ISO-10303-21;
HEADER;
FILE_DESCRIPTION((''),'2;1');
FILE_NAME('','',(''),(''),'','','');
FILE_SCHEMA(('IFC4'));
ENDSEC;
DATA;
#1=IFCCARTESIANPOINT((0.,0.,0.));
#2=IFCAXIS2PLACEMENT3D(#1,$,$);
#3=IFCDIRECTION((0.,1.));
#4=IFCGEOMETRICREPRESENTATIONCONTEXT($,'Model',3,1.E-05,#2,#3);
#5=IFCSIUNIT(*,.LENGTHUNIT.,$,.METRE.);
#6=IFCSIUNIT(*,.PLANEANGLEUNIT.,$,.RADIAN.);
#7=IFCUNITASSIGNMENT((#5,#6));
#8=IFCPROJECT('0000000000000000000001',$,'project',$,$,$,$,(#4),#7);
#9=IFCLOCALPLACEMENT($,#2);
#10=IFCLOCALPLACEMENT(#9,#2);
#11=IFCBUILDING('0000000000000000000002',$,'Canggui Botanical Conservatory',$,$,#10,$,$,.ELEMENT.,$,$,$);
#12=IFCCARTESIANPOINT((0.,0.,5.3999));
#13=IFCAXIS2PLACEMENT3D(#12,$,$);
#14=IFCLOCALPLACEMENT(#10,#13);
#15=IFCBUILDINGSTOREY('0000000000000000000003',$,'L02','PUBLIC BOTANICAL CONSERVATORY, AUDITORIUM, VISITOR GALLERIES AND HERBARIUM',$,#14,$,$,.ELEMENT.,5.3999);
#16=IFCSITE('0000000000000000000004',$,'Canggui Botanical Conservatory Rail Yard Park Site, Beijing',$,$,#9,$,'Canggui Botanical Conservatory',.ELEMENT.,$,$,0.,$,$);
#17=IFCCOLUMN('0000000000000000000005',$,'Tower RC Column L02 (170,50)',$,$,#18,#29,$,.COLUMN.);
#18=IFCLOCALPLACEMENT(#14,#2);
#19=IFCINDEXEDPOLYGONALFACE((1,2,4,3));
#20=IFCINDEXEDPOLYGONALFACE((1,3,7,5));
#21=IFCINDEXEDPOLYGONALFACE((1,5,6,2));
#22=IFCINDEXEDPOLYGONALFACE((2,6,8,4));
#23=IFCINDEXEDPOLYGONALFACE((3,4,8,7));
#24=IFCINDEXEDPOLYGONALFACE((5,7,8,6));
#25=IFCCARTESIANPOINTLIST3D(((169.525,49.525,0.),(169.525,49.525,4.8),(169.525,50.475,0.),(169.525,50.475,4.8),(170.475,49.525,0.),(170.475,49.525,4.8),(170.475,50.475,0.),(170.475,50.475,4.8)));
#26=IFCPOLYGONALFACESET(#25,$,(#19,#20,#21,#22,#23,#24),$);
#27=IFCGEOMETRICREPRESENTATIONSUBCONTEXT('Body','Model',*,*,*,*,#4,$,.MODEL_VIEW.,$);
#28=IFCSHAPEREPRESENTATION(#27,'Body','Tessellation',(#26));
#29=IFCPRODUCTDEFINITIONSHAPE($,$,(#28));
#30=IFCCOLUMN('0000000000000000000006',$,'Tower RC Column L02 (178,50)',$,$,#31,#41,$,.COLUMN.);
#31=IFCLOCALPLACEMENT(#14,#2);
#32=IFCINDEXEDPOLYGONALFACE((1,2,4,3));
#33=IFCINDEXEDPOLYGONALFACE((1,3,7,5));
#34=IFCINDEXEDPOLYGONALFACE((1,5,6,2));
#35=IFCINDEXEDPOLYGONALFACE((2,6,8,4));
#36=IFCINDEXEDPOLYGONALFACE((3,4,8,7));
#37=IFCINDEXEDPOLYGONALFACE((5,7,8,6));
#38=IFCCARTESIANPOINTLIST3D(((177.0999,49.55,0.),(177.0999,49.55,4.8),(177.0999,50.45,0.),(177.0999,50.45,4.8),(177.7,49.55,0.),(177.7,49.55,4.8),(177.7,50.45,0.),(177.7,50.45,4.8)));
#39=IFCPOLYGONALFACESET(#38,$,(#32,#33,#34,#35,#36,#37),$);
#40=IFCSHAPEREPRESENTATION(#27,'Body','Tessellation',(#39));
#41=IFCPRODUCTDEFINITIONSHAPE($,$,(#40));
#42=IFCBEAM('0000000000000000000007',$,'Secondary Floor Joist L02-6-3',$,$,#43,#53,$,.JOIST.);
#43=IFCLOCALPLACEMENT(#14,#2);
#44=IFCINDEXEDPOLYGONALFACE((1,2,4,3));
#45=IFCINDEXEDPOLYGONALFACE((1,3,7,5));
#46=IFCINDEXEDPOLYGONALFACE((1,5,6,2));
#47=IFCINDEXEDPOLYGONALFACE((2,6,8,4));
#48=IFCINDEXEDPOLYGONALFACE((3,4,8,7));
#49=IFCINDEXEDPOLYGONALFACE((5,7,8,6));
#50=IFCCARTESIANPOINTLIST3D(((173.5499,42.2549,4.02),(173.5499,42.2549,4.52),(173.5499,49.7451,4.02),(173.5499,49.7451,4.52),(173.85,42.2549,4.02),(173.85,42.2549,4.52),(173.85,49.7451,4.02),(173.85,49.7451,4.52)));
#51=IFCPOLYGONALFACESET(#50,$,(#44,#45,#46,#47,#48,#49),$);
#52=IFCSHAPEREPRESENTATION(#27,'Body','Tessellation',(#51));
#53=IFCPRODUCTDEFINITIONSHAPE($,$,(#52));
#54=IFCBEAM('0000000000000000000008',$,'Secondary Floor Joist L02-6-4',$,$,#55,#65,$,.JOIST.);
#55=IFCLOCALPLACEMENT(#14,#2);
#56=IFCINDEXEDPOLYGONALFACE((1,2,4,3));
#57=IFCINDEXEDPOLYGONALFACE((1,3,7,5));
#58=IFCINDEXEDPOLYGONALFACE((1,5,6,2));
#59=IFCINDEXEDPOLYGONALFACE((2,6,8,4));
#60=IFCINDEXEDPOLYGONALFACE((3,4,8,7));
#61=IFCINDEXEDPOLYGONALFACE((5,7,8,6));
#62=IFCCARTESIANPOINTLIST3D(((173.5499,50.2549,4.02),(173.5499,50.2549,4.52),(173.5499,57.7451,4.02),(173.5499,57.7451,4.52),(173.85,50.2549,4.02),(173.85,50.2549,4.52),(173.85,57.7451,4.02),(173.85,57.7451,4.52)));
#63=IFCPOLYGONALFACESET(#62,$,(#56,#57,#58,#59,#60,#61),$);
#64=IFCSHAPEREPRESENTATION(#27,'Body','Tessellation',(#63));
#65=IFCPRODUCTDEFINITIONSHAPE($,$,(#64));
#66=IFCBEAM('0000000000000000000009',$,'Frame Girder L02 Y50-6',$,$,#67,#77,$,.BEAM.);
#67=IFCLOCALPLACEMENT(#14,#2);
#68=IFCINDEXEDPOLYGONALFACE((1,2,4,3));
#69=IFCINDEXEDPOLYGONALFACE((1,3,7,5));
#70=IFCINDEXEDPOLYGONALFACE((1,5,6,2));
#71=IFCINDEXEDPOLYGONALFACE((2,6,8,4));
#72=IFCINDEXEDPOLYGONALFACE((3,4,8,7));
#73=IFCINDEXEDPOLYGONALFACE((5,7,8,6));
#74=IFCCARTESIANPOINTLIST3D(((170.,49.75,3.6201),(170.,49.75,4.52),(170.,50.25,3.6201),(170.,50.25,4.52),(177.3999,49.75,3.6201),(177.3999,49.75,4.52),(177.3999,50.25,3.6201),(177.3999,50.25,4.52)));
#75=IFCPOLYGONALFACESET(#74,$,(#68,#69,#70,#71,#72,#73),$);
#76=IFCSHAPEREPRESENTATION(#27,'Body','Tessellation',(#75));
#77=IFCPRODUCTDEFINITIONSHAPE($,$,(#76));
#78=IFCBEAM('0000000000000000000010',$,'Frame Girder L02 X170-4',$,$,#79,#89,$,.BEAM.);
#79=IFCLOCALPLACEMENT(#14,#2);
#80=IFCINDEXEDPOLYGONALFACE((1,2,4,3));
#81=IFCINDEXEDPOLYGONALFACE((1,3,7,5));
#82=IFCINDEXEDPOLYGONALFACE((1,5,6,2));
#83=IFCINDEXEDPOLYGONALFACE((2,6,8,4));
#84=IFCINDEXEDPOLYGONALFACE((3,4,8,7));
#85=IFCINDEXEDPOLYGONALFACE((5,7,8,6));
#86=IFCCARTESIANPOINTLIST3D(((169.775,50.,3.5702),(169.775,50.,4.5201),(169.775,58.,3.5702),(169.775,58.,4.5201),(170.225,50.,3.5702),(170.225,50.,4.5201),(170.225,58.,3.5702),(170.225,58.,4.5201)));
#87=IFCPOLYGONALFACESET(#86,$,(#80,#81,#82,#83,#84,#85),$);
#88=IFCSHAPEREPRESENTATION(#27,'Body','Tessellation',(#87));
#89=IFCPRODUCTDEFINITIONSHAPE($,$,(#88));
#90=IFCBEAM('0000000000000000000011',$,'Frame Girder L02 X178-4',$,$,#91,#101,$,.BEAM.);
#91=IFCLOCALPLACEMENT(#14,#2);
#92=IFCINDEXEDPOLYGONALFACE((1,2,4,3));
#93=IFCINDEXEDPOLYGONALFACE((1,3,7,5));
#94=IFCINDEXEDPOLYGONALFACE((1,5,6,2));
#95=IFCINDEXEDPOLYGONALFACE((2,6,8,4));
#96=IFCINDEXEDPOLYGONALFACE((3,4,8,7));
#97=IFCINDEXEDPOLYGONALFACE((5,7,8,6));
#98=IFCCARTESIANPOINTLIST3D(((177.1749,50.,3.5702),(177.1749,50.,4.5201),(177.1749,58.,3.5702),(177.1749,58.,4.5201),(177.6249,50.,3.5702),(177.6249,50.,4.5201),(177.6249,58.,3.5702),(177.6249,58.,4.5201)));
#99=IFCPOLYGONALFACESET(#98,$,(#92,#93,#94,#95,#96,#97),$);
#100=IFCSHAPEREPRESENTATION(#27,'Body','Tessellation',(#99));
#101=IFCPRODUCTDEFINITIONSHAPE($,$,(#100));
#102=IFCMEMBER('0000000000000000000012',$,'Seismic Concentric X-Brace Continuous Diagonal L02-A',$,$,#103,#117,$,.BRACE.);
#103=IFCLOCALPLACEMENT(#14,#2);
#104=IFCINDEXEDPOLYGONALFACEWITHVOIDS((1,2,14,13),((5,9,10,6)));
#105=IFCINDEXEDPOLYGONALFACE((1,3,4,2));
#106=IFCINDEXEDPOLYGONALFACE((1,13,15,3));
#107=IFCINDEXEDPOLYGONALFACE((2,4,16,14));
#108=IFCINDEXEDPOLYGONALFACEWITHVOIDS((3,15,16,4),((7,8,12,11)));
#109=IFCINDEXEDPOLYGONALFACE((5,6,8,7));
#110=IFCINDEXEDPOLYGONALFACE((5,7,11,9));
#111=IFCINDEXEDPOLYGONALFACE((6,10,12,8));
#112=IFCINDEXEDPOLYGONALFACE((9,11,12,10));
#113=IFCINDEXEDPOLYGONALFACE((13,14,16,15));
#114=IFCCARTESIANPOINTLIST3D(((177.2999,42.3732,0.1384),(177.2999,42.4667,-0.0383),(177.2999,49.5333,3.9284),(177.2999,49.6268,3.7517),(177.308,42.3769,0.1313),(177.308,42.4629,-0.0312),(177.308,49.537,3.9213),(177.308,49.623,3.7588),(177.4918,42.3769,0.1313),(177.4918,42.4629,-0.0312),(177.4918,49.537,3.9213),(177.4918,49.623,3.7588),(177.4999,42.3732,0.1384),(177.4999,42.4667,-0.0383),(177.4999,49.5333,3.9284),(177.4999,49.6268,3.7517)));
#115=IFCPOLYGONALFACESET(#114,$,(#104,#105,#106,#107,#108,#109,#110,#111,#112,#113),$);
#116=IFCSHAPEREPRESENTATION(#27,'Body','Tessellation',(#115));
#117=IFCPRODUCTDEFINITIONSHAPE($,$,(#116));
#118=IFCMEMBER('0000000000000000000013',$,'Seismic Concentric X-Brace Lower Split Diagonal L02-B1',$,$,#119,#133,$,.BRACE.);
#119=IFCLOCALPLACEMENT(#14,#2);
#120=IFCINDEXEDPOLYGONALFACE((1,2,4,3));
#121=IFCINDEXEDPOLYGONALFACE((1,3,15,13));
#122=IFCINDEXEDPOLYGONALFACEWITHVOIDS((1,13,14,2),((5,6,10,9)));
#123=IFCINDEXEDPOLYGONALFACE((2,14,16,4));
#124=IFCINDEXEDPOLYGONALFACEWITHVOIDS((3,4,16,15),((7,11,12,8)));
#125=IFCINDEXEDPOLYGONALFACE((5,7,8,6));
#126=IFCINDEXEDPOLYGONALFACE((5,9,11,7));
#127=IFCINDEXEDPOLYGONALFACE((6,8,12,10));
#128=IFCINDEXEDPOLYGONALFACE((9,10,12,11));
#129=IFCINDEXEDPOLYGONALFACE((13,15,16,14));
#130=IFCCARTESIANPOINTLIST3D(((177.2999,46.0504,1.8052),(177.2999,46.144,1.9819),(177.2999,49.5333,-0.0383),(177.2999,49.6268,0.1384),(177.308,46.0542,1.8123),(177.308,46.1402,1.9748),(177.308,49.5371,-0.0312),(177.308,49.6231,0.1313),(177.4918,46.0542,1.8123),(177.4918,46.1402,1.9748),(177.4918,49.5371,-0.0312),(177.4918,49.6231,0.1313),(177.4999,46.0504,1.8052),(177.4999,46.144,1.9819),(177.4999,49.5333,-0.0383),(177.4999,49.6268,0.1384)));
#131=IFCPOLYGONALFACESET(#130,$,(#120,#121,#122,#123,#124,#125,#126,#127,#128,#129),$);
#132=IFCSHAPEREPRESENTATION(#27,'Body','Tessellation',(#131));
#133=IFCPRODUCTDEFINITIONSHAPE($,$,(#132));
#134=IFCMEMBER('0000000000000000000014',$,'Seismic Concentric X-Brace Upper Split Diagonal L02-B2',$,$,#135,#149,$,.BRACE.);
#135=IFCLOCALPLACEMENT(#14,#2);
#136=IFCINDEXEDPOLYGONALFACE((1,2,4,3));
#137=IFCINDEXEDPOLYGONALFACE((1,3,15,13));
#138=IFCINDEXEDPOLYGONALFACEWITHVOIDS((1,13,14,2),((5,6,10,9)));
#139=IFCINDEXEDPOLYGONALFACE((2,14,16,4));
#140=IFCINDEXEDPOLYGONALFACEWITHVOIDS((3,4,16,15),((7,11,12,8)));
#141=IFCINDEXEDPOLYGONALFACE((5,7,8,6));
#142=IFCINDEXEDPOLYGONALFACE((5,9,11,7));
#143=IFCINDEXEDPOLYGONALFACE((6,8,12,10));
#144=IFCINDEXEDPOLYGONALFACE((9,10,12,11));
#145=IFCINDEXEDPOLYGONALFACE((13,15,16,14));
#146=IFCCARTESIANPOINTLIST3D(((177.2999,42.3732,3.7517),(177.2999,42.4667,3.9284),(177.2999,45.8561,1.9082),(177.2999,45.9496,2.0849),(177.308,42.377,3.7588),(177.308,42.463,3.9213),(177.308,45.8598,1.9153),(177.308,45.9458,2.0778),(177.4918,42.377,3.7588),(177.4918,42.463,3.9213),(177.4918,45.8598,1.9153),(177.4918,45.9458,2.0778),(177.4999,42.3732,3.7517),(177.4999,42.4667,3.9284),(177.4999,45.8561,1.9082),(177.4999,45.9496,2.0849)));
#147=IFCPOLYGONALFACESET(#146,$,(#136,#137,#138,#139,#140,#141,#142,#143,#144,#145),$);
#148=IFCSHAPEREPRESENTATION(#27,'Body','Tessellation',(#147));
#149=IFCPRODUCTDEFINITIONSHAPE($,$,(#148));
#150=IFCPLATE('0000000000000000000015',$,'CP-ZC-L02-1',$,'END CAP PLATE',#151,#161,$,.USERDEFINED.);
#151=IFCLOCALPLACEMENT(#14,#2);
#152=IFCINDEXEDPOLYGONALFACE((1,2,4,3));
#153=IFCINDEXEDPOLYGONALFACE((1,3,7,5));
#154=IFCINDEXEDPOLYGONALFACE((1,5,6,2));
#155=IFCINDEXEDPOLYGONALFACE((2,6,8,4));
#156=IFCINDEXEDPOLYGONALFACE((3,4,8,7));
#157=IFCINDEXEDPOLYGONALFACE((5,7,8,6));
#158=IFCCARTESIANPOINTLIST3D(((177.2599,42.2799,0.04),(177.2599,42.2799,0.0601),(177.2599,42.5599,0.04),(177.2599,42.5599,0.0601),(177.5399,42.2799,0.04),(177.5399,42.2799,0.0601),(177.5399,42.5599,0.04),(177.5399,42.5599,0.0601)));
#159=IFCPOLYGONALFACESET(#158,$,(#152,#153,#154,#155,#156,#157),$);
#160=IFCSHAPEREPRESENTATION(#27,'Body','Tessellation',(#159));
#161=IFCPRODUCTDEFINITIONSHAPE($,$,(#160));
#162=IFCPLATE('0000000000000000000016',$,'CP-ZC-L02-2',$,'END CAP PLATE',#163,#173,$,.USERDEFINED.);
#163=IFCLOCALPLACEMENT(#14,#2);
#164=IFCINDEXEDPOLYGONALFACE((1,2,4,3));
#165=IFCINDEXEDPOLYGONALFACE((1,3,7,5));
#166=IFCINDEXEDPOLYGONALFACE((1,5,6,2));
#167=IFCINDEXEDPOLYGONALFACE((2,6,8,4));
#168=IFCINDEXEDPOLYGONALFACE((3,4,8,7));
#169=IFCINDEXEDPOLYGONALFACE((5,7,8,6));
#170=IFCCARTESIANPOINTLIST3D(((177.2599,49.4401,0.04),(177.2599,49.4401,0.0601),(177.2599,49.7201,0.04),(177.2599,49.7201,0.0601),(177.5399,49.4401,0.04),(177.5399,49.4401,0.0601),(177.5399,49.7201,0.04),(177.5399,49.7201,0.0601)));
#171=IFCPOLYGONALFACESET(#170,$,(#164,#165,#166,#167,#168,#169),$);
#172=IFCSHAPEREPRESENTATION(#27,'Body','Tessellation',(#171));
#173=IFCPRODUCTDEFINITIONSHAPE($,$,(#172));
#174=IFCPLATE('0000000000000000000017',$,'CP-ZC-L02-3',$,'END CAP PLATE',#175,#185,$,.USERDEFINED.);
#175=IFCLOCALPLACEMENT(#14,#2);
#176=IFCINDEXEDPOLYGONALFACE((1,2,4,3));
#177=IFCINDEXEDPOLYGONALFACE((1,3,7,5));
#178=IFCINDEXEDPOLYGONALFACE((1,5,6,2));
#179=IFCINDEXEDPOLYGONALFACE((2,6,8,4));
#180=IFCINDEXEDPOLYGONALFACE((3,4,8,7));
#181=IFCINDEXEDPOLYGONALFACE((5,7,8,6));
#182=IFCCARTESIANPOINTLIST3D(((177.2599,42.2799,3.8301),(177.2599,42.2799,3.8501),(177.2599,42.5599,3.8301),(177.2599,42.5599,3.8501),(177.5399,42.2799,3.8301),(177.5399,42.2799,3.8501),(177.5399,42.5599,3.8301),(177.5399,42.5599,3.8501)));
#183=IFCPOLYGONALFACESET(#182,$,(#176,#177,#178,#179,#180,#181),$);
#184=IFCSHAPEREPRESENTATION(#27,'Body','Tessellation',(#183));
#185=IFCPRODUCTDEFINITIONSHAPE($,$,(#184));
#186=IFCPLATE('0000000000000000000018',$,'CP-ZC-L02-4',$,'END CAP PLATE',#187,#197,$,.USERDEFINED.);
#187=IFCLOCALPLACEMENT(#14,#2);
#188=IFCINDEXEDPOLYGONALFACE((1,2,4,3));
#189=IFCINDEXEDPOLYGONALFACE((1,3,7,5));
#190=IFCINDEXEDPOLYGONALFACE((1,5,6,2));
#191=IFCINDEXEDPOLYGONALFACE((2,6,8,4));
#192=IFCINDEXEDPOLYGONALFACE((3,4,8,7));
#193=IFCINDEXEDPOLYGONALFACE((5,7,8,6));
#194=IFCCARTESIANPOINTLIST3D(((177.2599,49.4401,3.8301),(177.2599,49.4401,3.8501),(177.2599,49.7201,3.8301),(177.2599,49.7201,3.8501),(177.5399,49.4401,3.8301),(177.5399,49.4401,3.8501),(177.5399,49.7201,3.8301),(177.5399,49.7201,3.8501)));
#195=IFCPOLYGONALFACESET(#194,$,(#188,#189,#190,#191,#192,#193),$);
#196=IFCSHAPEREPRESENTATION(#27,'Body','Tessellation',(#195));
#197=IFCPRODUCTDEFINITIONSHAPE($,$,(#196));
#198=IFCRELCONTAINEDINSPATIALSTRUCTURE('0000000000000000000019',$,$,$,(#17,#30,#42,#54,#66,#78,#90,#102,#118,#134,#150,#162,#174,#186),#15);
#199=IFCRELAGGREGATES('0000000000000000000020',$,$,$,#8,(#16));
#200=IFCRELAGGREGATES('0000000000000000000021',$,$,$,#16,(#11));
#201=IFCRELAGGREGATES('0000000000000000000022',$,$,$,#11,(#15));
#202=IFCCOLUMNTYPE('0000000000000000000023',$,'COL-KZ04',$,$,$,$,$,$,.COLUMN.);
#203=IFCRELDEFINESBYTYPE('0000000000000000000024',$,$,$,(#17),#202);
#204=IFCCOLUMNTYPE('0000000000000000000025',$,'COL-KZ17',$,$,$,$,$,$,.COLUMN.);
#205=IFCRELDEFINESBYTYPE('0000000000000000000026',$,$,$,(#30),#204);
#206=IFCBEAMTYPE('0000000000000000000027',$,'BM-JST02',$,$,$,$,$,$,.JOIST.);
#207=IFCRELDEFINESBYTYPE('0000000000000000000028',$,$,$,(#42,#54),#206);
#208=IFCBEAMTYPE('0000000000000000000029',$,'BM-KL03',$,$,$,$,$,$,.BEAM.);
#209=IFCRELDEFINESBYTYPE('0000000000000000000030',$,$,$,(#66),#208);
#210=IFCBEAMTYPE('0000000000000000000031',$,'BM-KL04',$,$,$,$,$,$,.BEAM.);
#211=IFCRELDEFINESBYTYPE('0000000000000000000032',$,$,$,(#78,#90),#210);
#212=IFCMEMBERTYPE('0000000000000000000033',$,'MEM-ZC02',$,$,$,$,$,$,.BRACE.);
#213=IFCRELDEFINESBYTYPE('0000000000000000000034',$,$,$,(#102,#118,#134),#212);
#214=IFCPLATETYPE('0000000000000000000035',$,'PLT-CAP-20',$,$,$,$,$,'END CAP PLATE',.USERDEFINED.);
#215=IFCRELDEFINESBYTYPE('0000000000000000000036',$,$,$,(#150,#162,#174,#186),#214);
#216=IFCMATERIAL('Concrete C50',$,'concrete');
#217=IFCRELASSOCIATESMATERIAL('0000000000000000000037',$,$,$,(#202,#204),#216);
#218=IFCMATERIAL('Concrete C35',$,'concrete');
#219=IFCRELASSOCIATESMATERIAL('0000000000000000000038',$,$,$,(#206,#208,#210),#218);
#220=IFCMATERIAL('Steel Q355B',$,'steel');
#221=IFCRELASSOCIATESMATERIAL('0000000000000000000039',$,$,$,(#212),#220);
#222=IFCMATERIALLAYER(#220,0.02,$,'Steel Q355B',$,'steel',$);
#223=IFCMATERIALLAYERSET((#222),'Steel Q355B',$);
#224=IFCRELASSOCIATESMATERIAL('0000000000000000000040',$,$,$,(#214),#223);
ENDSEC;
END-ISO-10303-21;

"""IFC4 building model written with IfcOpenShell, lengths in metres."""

from ifc_helpers import new_model, si_unit, direction, frame, origin, origin_2d, place, context, subcontext, project, spatial, rectangle, hollow_rectangle, extrude, material, layer, layer_set, material_profile, profile_set, type_object, element, save


model = new_model("IFC4")

# Units and contexts
model_context = context("Model", 3, precision=1e-05, world=origin(), true_north=direction((0.0, 1.0)))
body_context = subcontext(model_context, "Body", "Model", "MODEL_VIEW")
ifc_project = project(units=[si_unit("LENGTHUNIT", "METRE"), si_unit("PLANEANGLEUNIT", "RADIAN")], contexts=[model_context])

# Site, building, storey
site_placement = place(None, origin())
site = spatial("IfcSite", under=ifc_project, at=site_placement, Name="Canggui Botanical Conservatory Rail Yard Park Site, Beijing", LongName="Canggui Botanical Conservatory", CompositionType="ELEMENT", RefElevation=0.0)
building_placement = place(site_placement, origin())
building = spatial("IfcBuilding", under=site, at=building_placement, Name="Canggui Botanical Conservatory", CompositionType="ELEMENT")
storey_placement = place(building_placement, frame((0.0, 0.0, 5.3999)))
storey = spatial("IfcBuildingStorey", under=building, at=storey_placement, Name="L02", Description="PUBLIC BOTANICAL CONSERVATORY, AUDITORIUM, VISITOR GALLERIES AND HERBARIUM", CompositionType="ELEMENT", Elevation=5.3999)

# Columns
ifc_material_1 = material(Name="Concrete C50", Category="concrete")
ifc_material_profile_1 = material_profile(ifc_material_1, rectangle(XDim=0.95, YDim=0.95, at=origin_2d()), Name="RC 950x950")
ifc_profile_set_1 = profile_set([ifc_material_profile_1], Name="Concrete C50")
column_type_1 = type_object("IfcColumnType", Name="COL-KZ04", PredefinedType="COLUMN", material=ifc_profile_set_1)
column_1_placement = place(storey_placement, frame((170.0, 50.0, 0.0), z_axis=(0.0, 0.0, 1.0), x_axis=(1.0, 0.0, 0.0)))
element("IfcColumn", 1, at=column_1_placement, inside=storey, type_object=column_type_1, Name="Tower RC Column L02 (170,50)", PredefinedType="COLUMN", context=body_context, shape_type="SweptSolid", body=[
    extrude(rectangle(XDim=0.95, YDim=0.95, at=origin_2d()), origin(), (0.0, 0.0, 1.0), 4.8),
])
ifc_material_profile_2 = material_profile(ifc_material_1, rectangle(XDim=0.6001, YDim=0.8999, at=origin_2d()), Name="RC 600x900")
ifc_profile_set_2 = profile_set([ifc_material_profile_2], Name="Concrete C50")
column_type_2 = type_object("IfcColumnType", Name="COL-KZ17", PredefinedType="COLUMN", material=ifc_profile_set_2)
column_2_placement = place(storey_placement, frame((177.3999, 50.0, 0.0), z_axis=(0.0, 0.0, 1.0), x_axis=(1.0, 0.0, 0.0)))
element("IfcColumn", 2, at=column_2_placement, inside=storey, type_object=column_type_2, Name="Tower RC Column L02 (178,50)", PredefinedType="COLUMN", context=body_context, shape_type="SweptSolid", body=[
    extrude(rectangle(XDim=0.6001, YDim=0.8999, at=origin_2d()), origin(), (0.0, 0.0, 1.0), 4.8),
])

# Beams
ifc_material_2 = material(Name="Concrete C35", Category="concrete")
ifc_material_profile_3 = material_profile(ifc_material_2, rectangle(XDim=0.3, YDim=0.5, at=origin_2d()), Name="RB 300x500")
ifc_profile_set_3 = profile_set([ifc_material_profile_3], Name="Concrete C35")
beam_type_1 = type_object("IfcBeamType", Name="BM-JST02", PredefinedType="JOIST", material=ifc_profile_set_3)
for number, where, z_axis, x_axis, name in (
    (3, (173.7, 42.2549, 4.27), (0.0, 1.0, 0.0), (-1.0, 0.0, 0.0), "Secondary Floor Joist L02-6-3"),
    (4, (173.7, 50.2549, 4.27), (0.0, 1.0, 0.0), (-1.0, 0.0, 0.0), "Secondary Floor Joist L02-6-4"),
):
    element("IfcBeam", number, at=place(storey_placement, frame(where, z_axis=z_axis, x_axis=x_axis)), inside=storey, type_object=beam_type_1, Name=name, PredefinedType="JOIST", context=body_context, shape_type="SweptSolid", body=[
        extrude(rectangle(XDim=0.3, YDim=0.5, at=origin_2d()), origin(), (0.0, 0.0, 1.0), 7.4902),
    ])
ifc_material_profile_4 = material_profile(ifc_material_2, rectangle(XDim=0.5, YDim=0.8999, at=origin_2d()), Name="RB 500x900")
ifc_profile_set_4 = profile_set([ifc_material_profile_4], Name="Concrete C35")
beam_type_2 = type_object("IfcBeamType", Name="BM-KL03", PredefinedType="BEAM", material=ifc_profile_set_4)
beam_placement = place(storey_placement, frame((170.0, 50.0, 4.0701), z_axis=(1.0, 0.0, 0.0), x_axis=(0.0, 1.0, 0.0)))
element("IfcBeam", 5, at=beam_placement, inside=storey, type_object=beam_type_2, Name="Frame Girder L02 Y50-6", PredefinedType="BEAM", context=body_context, shape_type="SweptSolid", body=[
    extrude(rectangle(XDim=0.5, YDim=0.8999, at=origin_2d()), origin(), (0.0, 0.0, 1.0), 7.3999),
])
ifc_material_profile_5 = material_profile(ifc_material_2, rectangle(XDim=0.45, YDim=0.95, at=origin_2d()), Name="RB 450x950")
ifc_profile_set_5 = profile_set([ifc_material_profile_5], Name="Concrete C35")
beam_type_3 = type_object("IfcBeamType", Name="BM-KL04", PredefinedType="BEAM", material=ifc_profile_set_5)
for number, where, z_axis, x_axis, name in (
    (6, (170.0, 50.0, 4.0452), (0.0, 1.0, 0.0), (-1.0, 0.0, 0.0), "Frame Girder L02 X170-4"),
    (7, (177.3999, 50.0, 4.0452), (0.0, 1.0, 0.0), (-1.0, 0.0, 0.0), "Frame Girder L02 X178-4"),
):
    element("IfcBeam", number, at=place(storey_placement, frame(where, z_axis=z_axis, x_axis=x_axis)), inside=storey, type_object=beam_type_3, Name=name, PredefinedType="BEAM", context=body_context, shape_type="SweptSolid", body=[
        extrude(rectangle(XDim=0.45, YDim=0.95, at=origin_2d()), origin(), (0.0, 0.0, 1.0), 8.0),
    ])

# Members
ifc_material_3 = material(Name="Steel Q355B", Category="steel")
ifc_material_profile_6 = material_profile(ifc_material_3, hollow_rectangle(XDim=0.2, YDim=0.2, WallThickness=0.0081, at=origin_2d()), Name="SHS 200x200x8")
ifc_profile_set_6 = profile_set([ifc_material_profile_6], Name="Steel Q355B")
member_type = type_object("IfcMemberType", Name="MEM-ZC02", PredefinedType="BRACE", material=ifc_profile_set_6)
member_placement = place(storey_placement, frame((177.3999, 42.4199, 0.05), z_axis=(0.0, 0.88382, 0.467827), x_axis=(-1.0, 0.0, 0.0)))
element("IfcMember", 8, at=member_placement, inside=storey, type_object=member_type, Name="Seismic Concentric X-Brace Continuous Diagonal L02-A", PredefinedType="BRACE", context=body_context, shape_type="SweptSolid", body=[
    extrude(hollow_rectangle(XDim=0.2, YDim=0.2, WallThickness=0.0081, at=origin_2d()), origin(), (0.0, 0.0, 1.0), 8.1013),
])
for number, where, z_axis, x_axis, name in (
    (9, (177.3999, 49.5801, 0.05), (0.0, -0.883829, 0.467811), (1.0, 0.0, 0.0), "Seismic Concentric X-Brace Lower Split Diagonal L02-B1"),
    (10, (177.3999, 45.9028, 1.9966), (0.0, -0.883829, 0.467811), (1.0, 0.0, 0.0), "Seismic Concentric X-Brace Upper Split Diagonal L02-B2"),
):
    element("IfcMember", number, at=place(storey_placement, frame(where, z_axis=z_axis, x_axis=x_axis)), inside=storey, type_object=member_type, Name=name, PredefinedType="BRACE", context=body_context, shape_type="SweptSolid", body=[
        extrude(hollow_rectangle(XDim=0.2, YDim=0.2, WallThickness=0.0081, at=origin_2d()), origin(), (0.0, 0.0, 1.0), 3.9407),
    ])

# Plates
ifc_layer_1 = layer(ifc_material_3, 0.02, Name="Steel Q355B", Category="steel")
ifc_layer_set_1 = layer_set([ifc_layer_1], Name="Steel Q355B")
plate_type_1 = type_object("IfcPlateType", Name="PLT-CAP-20", ElementType="END CAP PLATE", PredefinedType="USERDEFINED", material=ifc_layer_set_1)
for number, where, z_axis, x_axis, name in (
    (11, (177.3999, 42.4199, 0.04), (0.0, 0.0, 1.0), (1.0, 0.0, 0.0), "CP-ZC-L02-1"),
    (12, (177.3999, 49.5801, 0.04), (0.0, 0.0, 1.0), (1.0, 0.0, 0.0), "CP-ZC-L02-2"),
    (13, (177.3999, 42.4199, 3.8301), (0.0, 0.0, 1.0), (1.0, 0.0, 0.0), "CP-ZC-L02-3"),
    (14, (177.3999, 49.5801, 3.8301), (0.0, 0.0, 1.0), (1.0, 0.0, 0.0), "CP-ZC-L02-4"),
):
    element("IfcPlate", number, at=place(storey_placement, frame(where, z_axis=z_axis, x_axis=x_axis)), inside=storey, type_object=plate_type_1, Name=name, ObjectType="END CAP PLATE", PredefinedType="USERDEFINED", context=body_context, shape_type="SweptSolid", body=[
        extrude(rectangle(XDim=0.28, YDim=0.28, at=origin_2d()), origin(), (0.0, 0.0, 1.0), 0.02),
    ])

save(model, "model.ifc")
